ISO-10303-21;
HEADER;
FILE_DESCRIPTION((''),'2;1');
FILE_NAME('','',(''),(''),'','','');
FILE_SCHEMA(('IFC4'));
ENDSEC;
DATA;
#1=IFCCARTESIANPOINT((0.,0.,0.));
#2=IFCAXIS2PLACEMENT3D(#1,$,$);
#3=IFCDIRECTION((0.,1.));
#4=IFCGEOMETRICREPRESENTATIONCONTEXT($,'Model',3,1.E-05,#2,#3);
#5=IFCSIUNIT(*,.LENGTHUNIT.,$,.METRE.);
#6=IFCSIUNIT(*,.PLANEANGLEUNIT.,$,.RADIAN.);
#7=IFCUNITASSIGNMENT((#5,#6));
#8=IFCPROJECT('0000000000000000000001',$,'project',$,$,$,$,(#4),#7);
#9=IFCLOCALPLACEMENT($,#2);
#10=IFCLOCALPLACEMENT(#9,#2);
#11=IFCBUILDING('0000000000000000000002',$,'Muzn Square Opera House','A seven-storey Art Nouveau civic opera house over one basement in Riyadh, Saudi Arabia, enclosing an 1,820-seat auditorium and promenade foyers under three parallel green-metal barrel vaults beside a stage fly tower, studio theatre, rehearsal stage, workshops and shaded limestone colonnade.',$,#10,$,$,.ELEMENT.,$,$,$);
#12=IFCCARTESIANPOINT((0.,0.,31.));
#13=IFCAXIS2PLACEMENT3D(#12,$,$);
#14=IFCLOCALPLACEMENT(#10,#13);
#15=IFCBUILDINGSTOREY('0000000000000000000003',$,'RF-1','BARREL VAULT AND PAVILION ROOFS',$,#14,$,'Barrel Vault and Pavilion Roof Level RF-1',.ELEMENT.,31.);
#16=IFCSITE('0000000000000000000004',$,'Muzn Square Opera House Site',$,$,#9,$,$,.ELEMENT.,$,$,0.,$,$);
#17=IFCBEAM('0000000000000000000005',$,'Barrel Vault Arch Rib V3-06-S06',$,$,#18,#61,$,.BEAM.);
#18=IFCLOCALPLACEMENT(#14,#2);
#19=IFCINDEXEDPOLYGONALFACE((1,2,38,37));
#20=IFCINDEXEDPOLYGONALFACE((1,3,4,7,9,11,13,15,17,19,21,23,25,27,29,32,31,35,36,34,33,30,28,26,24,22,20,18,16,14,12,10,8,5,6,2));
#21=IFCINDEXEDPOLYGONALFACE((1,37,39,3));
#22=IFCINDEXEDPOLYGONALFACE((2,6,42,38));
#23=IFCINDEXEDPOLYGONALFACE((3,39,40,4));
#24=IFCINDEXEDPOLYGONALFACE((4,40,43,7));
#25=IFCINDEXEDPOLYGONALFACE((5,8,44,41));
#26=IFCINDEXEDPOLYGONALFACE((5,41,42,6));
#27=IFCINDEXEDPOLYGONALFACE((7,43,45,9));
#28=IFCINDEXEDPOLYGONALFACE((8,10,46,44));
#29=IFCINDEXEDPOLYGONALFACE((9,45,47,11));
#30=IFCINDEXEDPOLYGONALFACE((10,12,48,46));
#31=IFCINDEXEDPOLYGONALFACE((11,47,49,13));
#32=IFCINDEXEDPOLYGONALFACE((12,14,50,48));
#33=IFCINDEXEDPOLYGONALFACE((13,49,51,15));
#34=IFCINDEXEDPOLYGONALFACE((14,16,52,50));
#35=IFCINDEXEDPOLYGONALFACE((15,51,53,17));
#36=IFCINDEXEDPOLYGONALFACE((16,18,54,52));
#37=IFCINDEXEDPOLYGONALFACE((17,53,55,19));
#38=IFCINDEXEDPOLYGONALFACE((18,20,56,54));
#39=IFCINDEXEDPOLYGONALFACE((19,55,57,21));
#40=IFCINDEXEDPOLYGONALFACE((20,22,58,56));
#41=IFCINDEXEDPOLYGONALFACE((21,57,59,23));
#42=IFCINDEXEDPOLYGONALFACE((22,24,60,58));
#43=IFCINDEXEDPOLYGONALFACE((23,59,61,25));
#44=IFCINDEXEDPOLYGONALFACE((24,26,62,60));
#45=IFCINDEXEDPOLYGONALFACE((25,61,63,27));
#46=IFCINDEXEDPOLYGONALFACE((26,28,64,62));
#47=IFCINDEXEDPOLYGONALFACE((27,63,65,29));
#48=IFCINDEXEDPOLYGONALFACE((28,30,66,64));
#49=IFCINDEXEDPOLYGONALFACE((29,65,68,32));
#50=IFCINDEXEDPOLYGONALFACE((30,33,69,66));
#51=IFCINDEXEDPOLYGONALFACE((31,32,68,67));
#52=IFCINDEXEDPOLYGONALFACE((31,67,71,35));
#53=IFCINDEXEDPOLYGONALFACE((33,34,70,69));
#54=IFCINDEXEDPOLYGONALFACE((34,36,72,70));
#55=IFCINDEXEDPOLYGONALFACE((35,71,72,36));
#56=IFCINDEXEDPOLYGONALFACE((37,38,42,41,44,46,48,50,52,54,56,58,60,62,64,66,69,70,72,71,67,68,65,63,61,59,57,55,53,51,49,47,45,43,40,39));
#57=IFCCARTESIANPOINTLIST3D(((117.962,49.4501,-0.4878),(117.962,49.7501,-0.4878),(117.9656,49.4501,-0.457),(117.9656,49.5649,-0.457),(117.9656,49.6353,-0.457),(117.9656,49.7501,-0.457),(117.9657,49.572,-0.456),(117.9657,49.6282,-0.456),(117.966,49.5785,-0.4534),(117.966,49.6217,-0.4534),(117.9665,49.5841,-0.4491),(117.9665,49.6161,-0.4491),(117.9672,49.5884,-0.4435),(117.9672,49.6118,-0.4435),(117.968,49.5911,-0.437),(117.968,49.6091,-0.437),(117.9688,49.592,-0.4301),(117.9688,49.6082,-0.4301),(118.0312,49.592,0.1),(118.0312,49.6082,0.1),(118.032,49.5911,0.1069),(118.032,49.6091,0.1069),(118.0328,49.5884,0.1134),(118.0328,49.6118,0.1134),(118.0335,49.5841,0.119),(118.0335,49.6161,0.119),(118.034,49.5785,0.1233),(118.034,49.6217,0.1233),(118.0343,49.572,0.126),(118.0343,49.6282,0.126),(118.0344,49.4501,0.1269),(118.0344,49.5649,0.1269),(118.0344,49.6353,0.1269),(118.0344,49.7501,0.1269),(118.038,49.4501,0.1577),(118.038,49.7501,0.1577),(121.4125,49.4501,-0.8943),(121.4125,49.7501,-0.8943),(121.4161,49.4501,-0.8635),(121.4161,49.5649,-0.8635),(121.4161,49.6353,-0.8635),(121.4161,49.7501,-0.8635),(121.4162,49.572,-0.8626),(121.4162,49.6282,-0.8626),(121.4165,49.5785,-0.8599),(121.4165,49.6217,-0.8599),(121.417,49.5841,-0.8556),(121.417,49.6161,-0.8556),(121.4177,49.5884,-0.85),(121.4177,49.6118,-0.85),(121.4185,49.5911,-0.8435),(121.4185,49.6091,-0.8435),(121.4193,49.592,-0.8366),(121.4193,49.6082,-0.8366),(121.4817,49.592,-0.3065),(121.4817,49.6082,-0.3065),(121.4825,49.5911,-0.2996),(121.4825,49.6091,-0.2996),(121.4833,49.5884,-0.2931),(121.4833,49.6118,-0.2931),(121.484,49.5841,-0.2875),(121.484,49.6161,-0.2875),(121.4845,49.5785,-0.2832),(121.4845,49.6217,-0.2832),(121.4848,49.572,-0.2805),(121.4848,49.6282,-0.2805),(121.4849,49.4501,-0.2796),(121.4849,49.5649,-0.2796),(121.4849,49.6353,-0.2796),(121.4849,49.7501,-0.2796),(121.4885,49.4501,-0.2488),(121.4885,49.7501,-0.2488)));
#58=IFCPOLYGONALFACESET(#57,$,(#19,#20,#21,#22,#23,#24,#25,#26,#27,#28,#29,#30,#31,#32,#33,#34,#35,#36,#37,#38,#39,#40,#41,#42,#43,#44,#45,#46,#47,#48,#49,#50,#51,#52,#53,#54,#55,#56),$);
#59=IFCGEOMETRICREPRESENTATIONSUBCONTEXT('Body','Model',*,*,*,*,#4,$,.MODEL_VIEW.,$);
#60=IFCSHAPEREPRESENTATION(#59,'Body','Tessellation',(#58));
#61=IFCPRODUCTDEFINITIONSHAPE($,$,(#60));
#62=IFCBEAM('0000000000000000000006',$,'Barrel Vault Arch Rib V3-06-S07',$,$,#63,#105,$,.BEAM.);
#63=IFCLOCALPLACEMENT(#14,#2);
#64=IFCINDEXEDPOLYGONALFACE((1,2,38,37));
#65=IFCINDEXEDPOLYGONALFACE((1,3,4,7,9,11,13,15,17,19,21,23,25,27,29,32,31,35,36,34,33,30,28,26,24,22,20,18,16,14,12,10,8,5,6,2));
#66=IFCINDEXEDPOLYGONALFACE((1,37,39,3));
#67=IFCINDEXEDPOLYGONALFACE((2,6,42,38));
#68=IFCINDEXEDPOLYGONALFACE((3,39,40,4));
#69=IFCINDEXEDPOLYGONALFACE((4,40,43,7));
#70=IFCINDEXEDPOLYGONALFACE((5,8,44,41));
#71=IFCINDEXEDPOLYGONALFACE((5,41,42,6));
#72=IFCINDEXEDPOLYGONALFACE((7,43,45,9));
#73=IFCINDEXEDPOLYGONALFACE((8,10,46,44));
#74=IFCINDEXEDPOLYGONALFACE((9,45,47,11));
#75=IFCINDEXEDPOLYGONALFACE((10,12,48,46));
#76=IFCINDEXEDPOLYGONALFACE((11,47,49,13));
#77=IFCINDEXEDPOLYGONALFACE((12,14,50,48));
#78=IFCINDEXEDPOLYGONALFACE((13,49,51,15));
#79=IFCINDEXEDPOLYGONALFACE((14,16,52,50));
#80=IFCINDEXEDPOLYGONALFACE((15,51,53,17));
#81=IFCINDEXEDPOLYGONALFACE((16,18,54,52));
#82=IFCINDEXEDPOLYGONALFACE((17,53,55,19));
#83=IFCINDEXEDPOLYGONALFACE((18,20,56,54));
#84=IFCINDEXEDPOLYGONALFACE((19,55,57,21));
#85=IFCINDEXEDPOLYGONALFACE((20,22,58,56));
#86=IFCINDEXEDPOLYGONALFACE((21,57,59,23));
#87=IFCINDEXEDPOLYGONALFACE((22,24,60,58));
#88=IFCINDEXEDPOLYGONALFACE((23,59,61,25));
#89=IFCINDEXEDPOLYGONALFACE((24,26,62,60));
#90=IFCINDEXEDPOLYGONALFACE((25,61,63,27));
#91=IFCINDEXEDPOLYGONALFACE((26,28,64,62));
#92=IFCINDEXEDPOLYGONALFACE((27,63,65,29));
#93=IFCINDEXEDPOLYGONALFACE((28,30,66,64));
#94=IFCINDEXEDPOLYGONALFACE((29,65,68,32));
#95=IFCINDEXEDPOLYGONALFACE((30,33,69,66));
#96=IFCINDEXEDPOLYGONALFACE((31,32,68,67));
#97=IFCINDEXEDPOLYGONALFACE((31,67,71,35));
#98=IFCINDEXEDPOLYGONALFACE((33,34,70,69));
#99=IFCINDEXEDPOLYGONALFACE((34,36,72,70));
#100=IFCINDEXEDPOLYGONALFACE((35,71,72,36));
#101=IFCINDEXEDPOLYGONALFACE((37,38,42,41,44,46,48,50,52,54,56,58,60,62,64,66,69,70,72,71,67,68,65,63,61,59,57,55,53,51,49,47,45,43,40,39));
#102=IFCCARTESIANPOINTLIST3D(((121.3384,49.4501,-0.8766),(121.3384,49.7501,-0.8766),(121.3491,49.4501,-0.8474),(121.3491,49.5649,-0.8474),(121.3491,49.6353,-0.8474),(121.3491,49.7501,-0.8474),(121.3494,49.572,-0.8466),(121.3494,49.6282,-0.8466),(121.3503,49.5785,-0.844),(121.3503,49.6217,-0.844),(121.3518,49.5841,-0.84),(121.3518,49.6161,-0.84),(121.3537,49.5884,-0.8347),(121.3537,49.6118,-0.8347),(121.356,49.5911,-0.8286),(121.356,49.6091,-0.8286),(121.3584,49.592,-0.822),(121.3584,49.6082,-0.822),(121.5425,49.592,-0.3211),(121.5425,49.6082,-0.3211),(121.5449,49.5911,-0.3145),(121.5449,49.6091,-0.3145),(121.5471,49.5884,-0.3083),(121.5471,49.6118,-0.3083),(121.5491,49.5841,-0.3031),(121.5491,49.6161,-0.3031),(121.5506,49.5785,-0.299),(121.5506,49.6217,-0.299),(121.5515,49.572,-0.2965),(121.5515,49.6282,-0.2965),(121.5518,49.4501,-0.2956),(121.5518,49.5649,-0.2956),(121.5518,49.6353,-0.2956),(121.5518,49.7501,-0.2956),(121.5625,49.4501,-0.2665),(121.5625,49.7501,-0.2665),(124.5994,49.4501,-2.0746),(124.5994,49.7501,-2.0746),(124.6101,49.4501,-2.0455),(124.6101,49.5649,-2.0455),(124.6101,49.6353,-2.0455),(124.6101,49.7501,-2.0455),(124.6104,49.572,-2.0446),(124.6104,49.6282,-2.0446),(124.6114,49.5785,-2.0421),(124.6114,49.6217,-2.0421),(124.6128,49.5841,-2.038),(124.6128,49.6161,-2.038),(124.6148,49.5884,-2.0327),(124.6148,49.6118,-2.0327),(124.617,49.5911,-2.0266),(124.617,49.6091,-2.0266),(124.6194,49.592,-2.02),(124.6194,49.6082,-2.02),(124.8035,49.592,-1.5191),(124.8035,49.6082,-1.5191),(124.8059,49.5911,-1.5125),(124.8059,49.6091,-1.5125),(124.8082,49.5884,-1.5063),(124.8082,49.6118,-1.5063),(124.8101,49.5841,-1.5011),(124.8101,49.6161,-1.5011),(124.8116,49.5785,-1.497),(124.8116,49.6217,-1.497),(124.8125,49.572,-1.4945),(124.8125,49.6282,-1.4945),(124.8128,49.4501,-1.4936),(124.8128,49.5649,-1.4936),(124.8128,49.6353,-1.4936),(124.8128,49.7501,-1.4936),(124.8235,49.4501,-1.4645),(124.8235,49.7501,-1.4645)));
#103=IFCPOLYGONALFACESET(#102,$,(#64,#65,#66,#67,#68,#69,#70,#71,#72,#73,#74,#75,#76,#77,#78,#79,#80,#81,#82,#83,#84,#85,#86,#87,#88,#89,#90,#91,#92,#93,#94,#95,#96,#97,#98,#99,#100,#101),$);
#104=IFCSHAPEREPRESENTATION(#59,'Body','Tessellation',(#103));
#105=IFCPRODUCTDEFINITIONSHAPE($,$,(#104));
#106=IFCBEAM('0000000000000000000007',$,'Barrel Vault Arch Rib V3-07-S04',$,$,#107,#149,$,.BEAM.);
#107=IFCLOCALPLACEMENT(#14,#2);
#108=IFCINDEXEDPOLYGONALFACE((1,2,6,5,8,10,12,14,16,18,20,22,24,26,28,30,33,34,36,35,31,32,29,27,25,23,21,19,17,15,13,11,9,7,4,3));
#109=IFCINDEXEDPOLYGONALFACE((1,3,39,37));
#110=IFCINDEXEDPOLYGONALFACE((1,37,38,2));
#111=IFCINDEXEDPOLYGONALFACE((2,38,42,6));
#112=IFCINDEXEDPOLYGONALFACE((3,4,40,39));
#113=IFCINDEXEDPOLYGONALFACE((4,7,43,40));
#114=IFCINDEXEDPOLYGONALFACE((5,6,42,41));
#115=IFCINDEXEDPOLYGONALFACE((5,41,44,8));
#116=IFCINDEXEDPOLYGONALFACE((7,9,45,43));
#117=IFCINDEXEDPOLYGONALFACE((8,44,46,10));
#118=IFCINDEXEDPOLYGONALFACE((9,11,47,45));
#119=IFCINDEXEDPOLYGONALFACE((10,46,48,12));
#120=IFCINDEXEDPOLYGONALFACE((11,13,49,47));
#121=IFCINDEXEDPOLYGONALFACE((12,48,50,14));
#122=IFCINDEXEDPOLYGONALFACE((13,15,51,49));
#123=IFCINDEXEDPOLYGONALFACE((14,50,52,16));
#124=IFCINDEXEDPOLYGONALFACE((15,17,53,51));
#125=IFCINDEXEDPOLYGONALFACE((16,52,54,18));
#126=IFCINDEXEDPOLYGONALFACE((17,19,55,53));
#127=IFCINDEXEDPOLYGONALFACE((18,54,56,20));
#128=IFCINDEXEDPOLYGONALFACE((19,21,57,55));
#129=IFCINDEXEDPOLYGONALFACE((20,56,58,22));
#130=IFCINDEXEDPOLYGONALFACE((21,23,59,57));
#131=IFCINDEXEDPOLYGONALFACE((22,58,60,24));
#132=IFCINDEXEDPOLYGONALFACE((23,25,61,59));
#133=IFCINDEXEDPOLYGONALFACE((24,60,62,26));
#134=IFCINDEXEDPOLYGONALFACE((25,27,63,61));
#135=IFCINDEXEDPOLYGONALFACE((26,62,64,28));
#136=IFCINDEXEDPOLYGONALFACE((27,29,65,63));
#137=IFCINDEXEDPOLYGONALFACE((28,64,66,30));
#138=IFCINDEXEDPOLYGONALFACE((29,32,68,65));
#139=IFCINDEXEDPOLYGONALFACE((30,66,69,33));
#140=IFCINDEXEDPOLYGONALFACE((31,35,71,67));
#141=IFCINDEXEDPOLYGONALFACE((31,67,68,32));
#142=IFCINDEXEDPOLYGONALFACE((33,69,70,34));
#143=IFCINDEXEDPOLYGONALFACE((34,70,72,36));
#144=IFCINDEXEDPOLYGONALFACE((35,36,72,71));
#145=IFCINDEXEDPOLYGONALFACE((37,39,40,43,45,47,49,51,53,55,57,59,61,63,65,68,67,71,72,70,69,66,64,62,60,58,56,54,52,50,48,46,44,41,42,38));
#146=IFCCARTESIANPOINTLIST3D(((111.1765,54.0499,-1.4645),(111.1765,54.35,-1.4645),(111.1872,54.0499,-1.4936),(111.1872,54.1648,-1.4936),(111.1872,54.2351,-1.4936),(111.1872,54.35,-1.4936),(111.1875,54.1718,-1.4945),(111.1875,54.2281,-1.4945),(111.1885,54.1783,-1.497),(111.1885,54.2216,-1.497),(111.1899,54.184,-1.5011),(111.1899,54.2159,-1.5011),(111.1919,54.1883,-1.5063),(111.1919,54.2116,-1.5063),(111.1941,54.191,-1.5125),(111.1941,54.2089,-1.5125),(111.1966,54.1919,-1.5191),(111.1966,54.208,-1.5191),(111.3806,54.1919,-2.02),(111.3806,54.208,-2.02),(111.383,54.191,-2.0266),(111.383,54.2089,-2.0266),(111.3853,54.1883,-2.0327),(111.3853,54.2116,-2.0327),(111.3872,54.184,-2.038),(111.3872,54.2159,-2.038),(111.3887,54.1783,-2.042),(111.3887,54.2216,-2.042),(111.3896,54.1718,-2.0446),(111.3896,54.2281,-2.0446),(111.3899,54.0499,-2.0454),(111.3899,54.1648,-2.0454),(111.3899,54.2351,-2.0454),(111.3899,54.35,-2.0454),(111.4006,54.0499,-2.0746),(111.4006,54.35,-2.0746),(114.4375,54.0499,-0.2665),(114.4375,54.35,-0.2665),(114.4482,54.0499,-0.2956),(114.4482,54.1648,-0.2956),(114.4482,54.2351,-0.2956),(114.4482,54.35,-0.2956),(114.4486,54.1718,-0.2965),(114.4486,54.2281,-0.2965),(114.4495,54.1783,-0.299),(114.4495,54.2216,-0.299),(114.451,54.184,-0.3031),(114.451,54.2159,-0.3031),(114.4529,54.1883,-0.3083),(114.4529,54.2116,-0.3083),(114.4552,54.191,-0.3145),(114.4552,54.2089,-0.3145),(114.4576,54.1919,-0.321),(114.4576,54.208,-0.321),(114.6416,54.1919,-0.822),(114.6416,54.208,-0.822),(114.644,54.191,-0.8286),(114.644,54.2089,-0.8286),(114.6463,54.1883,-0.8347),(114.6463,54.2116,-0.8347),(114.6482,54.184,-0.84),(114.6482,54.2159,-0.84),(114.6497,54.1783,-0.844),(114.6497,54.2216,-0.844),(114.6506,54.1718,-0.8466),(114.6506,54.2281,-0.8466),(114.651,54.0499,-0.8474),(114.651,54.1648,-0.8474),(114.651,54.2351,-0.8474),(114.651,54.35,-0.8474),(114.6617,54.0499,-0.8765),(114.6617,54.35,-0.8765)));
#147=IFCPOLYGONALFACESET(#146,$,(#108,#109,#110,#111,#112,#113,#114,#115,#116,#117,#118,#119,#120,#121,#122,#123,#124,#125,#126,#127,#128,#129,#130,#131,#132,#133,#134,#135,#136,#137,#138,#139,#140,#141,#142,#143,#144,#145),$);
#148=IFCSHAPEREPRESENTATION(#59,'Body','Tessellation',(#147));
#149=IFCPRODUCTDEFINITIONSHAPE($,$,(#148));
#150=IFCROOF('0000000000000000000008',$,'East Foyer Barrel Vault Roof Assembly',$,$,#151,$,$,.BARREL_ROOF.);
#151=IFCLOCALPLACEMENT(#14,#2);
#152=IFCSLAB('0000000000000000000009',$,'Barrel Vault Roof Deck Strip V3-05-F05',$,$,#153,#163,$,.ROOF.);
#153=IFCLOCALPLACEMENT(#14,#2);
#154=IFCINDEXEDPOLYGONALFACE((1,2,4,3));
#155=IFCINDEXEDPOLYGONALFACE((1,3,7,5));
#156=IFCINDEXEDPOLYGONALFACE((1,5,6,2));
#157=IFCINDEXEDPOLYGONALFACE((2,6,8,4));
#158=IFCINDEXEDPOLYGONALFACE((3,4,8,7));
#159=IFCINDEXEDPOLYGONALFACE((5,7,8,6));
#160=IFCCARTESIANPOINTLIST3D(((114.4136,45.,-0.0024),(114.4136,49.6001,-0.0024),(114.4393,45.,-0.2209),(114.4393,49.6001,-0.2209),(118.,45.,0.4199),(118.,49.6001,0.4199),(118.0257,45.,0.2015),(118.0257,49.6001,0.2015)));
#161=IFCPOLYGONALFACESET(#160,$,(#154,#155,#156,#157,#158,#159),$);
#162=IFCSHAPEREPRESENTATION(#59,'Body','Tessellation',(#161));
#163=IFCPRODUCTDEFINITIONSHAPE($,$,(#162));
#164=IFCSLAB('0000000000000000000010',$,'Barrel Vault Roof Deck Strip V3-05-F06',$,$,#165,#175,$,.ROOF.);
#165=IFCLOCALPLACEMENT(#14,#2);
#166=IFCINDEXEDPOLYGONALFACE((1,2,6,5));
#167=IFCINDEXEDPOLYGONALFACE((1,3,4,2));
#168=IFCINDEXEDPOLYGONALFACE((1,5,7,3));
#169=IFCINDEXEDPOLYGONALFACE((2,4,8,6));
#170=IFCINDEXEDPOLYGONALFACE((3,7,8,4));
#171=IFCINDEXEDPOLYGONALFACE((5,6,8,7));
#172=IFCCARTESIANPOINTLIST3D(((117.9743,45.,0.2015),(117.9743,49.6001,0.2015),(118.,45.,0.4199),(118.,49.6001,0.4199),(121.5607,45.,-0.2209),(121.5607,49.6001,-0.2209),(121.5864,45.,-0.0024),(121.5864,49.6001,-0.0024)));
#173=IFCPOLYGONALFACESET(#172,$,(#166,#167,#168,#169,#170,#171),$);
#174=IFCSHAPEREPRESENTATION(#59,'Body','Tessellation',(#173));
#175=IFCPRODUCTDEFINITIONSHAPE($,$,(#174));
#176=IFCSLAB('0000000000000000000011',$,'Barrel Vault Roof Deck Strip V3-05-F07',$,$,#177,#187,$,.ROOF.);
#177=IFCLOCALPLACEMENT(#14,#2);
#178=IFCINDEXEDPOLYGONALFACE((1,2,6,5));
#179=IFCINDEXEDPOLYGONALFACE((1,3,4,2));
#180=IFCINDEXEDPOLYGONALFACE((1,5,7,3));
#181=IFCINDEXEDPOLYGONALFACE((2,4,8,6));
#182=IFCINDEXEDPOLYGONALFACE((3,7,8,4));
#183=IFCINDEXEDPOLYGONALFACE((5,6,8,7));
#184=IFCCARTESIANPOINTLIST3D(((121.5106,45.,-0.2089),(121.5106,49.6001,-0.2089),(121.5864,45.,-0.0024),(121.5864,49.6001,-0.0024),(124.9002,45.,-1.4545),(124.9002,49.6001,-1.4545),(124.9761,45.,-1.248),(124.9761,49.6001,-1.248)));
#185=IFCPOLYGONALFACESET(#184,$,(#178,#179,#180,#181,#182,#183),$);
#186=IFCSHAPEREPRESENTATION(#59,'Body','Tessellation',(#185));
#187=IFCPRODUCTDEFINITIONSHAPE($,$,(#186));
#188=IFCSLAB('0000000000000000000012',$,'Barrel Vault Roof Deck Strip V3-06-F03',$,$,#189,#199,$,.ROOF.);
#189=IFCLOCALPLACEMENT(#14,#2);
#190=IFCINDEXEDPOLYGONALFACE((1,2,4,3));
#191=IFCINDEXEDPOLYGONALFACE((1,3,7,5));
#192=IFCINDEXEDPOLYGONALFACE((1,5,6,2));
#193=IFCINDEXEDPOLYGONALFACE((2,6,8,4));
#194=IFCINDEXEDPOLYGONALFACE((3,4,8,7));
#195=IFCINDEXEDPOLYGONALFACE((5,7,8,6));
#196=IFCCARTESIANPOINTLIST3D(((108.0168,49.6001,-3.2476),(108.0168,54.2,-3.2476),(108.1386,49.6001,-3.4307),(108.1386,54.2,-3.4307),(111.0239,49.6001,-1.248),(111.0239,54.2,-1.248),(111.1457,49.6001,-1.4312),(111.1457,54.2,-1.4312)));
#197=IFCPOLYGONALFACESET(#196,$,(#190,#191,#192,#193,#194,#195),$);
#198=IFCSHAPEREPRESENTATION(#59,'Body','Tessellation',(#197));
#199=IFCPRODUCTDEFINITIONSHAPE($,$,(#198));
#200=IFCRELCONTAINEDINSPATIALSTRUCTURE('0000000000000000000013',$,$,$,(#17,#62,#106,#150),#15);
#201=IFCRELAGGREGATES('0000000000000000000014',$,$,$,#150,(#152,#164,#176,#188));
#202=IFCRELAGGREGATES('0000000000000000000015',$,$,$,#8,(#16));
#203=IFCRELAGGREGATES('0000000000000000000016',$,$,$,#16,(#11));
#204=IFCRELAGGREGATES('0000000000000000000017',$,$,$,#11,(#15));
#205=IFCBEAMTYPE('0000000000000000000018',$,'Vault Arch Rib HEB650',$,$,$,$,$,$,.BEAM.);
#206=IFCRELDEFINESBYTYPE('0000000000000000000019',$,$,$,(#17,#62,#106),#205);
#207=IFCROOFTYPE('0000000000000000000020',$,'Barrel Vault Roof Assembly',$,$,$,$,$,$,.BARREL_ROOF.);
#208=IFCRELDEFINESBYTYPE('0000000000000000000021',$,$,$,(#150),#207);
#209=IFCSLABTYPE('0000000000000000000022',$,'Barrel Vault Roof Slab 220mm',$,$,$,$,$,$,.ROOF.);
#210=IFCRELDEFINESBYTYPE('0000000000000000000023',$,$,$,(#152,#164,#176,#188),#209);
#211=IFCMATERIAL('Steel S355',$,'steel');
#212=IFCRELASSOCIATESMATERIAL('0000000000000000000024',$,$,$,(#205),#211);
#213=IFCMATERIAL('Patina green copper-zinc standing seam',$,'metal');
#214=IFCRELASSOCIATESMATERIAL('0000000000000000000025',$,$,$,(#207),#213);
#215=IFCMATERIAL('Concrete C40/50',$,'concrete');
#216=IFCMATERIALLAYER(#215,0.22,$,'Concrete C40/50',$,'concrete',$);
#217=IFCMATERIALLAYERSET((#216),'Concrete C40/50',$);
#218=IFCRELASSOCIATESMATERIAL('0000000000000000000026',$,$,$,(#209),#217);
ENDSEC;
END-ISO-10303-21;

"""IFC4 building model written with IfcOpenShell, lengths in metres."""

from ifc_helpers import new_model, si_unit, direction, frame, origin, origin_2d, place, context, subcontext, project, spatial, polyline, i_section, outline, extrude, material, layer, layer_set, material_profile, profile_set, type_object, element, aggregate, save


model = new_model("IFC4")

# Units and contexts
model_context = context("Model", 3, precision=1e-05, world=origin(), true_north=direction((0.0, 1.0)))
body_context = subcontext(model_context, "Body", "Model", "MODEL_VIEW")
ifc_project = project(units=[si_unit("LENGTHUNIT", "METRE"), si_unit("PLANEANGLEUNIT", "RADIAN")], contexts=[model_context])

# Site, building, storey
site_placement = place(None, origin())
site = spatial("IfcSite", under=ifc_project, at=site_placement, Name="Muzn Square Opera House Site", CompositionType="ELEMENT", RefElevation=0.0)
building_placement = place(site_placement, origin())
building = spatial("IfcBuilding", under=site, at=building_placement, Name="Muzn Square Opera House", Description="A seven-storey Art Nouveau civic opera house over one basement in Riyadh, Saudi Arabia, enclosing an 1,820-seat auditorium and promenade foyers under three parallel green-metal barrel vaults beside a stage fly tower, studio theatre, rehearsal stage, workshops and shaded limestone colonnade.", CompositionType="ELEMENT")
storey_placement = place(building_placement, frame((0.0, 0.0, 31.0)))
storey = spatial("IfcBuildingStorey", under=building, at=storey_placement, Name="RF-1", Description="BARREL VAULT AND PAVILION ROOFS", LongName="Barrel Vault and Pavilion Roof Level RF-1", CompositionType="ELEMENT", Elevation=31.0)

# Beams
ifc_material_1 = material(Name="Steel S355", Category="steel")
ifc_material_profile_1 = material_profile(ifc_material_1, i_section(OverallWidth=0.3, OverallDepth=0.6499, WebThickness=0.0161, FlangeThickness=0.031, FilletRadius=0.0271, at=origin_2d()), Name="HEB 650", Category="steel")
ifc_profile_set_1 = profile_set([ifc_material_profile_1], Name="Steel S355")
beam_type_1 = type_object("IfcBeamType", Name="Vault Arch Rib HEB650", PredefinedType="BEAM", material=ifc_profile_set_1)
for number, where, z_axis, x_axis, name in (
    (1, (118.0, 49.6001, -0.165), (0.993132, 0.0, -0.117), (0.0, 1.0, 0.0), "Barrel Vault Arch Rib V3-06-S06"),
):
    element("IfcBeam", number, at=place(storey_placement, frame(where, z_axis=z_axis, x_axis=x_axis)), inside=storey, type_object=beam_type_1, Name=name, PredefinedType="BEAM", context=body_context, shape_type="SweptSolid", body=[
        extrude(i_section(OverallWidth=0.3, OverallDepth=0.6499, WebThickness=0.0161, FlangeThickness=0.031, FilletRadius=0.0271, at=origin_2d()), origin(), (0.0, 0.0, 1.0), 3.4744),
    ])
for number, where, z_axis, x_axis, name in (
    (2, (121.4504, 49.6001, -0.5715), (0.938662, 0.0, -0.344839), (0.0, 1.0, 0.0), "Barrel Vault Arch Rib V3-06-S07"),
    (3, (111.2886, 54.2, -1.7695), (0.938662, 0.0, 0.344839), (0.0, 1.0, 0.0), "Barrel Vault Arch Rib V3-07-S04"),
):
    element("IfcBeam", number, at=place(storey_placement, frame(where, z_axis=z_axis, x_axis=x_axis)), inside=storey, type_object=beam_type_1, Name=name, PredefinedType="BEAM", context=body_context, shape_type="SweptSolid", body=[
        extrude(i_section(OverallWidth=0.3, OverallDepth=0.6499, WebThickness=0.0161, FlangeThickness=0.031, FilletRadius=0.0271, at=origin_2d()), origin(), (0.0, 0.0, 1.0), 3.4741),
    ])

# Roof, slabs
ifc_material_2 = material(Name="Patina green copper-zinc standing seam", Category="metal")
roof_type = type_object("IfcRoofType", Name="Barrel Vault Roof Assembly", PredefinedType="BARREL_ROOF", material=ifc_material_2)
roof_placement = place(storey_placement, origin())
roof = element("IfcRoof", 4, at=roof_placement, inside=storey, type_object=roof_type, Name="East Foyer Barrel Vault Roof Assembly", PredefinedType="BARREL_ROOF")
ifc_material_3 = material(Name="Concrete C40/50", Category="concrete")
ifc_layer_1 = layer(ifc_material_3, 0.22, Name="Concrete C40/50", Category="concrete")
ifc_layer_set_1 = layer_set([ifc_layer_1], Name="Concrete C40/50")
slab_type = type_object("IfcSlabType", Name="Barrel Vault Roof Slab 220mm", PredefinedType="ROOF", material=ifc_layer_set_1)
slab_1_placement = place(storey_placement, frame((118.0, 45.0, 0.4199), z_axis=(-0.116959, 0.0, 0.993137), x_axis=(0.0, 1.0, 0.0)))
slab_1 = element("IfcSlab", 5, at=slab_1_placement, type_object=slab_type, Name="Barrel Vault Roof Deck Strip V3-05-F05", PredefinedType="ROOF", context=body_context, shape_type="SweptSolid", body=[
    extrude(outline(polyline([(0.0, 3.6112), (0.0, 0.0), (4.6001, 0.0), (4.6001, 3.6112), (0.0, 3.6112)])), origin(), (0.0, 0.0, -1.0), 0.22),
])
slab_2_placement = place(storey_placement, frame((118.0, 45.0, 0.4199), z_axis=(0.116959, 0.0, 0.993137), x_axis=(0.993137, 0.0, -0.116959)))
slab_2 = element("IfcSlab", 6, at=slab_2_placement, type_object=slab_type, Name="Barrel Vault Roof Deck Strip V3-05-F06", PredefinedType="ROOF", context=body_context, shape_type="SweptSolid", body=[
    extrude(outline(polyline([(0.0, 0.0), (3.6112, 0.0), (3.6112, 4.6001), (0.0, 4.6001), (0.0, 0.0)])), origin(), (0.0, 0.0, -1.0), 0.22),
])
slab_3_placement = place(storey_placement, frame((121.5864, 45.0, -0.0024), z_axis=(0.344922, 0.0, 0.938631), x_axis=(0.938631, 0.0, -0.344922)))
slab_3 = element("IfcSlab", 7, at=slab_3_placement, type_object=slab_type, Name="Barrel Vault Roof Deck Strip V3-05-F07", PredefinedType="ROOF", context=body_context, shape_type="SweptSolid", body=[
    extrude(outline(polyline([(0.0, 0.0), (3.6113, 0.0), (3.6113, 4.6001), (0.0, 4.6001), (0.0, 0.0)])), origin(), (0.0, 0.0, -1.0), 0.22),
])
slab_4_placement = place(storey_placement, frame((111.0239, 49.6001, -1.248), z_axis=(-0.553701, 0.0, 0.832715), x_axis=(0.0, 1.0, 0.0)))
slab_4 = element("IfcSlab", 8, at=slab_4_placement, type_object=slab_type, Name="Barrel Vault Roof Deck Strip V3-06-F03", PredefinedType="ROOF", context=body_context, shape_type="SweptSolid", body=[
    extrude(outline(polyline([(0.0, 3.6112), (0.0, 0.0), (4.5999, 0.0), (4.5999, 3.6112), (0.0, 3.6112)])), origin(), (0.0, 0.0, -1.0), 0.22),
])
aggregate(roof, [slab_1, slab_2, slab_3, slab_4])

save(model, "model.ifc")
